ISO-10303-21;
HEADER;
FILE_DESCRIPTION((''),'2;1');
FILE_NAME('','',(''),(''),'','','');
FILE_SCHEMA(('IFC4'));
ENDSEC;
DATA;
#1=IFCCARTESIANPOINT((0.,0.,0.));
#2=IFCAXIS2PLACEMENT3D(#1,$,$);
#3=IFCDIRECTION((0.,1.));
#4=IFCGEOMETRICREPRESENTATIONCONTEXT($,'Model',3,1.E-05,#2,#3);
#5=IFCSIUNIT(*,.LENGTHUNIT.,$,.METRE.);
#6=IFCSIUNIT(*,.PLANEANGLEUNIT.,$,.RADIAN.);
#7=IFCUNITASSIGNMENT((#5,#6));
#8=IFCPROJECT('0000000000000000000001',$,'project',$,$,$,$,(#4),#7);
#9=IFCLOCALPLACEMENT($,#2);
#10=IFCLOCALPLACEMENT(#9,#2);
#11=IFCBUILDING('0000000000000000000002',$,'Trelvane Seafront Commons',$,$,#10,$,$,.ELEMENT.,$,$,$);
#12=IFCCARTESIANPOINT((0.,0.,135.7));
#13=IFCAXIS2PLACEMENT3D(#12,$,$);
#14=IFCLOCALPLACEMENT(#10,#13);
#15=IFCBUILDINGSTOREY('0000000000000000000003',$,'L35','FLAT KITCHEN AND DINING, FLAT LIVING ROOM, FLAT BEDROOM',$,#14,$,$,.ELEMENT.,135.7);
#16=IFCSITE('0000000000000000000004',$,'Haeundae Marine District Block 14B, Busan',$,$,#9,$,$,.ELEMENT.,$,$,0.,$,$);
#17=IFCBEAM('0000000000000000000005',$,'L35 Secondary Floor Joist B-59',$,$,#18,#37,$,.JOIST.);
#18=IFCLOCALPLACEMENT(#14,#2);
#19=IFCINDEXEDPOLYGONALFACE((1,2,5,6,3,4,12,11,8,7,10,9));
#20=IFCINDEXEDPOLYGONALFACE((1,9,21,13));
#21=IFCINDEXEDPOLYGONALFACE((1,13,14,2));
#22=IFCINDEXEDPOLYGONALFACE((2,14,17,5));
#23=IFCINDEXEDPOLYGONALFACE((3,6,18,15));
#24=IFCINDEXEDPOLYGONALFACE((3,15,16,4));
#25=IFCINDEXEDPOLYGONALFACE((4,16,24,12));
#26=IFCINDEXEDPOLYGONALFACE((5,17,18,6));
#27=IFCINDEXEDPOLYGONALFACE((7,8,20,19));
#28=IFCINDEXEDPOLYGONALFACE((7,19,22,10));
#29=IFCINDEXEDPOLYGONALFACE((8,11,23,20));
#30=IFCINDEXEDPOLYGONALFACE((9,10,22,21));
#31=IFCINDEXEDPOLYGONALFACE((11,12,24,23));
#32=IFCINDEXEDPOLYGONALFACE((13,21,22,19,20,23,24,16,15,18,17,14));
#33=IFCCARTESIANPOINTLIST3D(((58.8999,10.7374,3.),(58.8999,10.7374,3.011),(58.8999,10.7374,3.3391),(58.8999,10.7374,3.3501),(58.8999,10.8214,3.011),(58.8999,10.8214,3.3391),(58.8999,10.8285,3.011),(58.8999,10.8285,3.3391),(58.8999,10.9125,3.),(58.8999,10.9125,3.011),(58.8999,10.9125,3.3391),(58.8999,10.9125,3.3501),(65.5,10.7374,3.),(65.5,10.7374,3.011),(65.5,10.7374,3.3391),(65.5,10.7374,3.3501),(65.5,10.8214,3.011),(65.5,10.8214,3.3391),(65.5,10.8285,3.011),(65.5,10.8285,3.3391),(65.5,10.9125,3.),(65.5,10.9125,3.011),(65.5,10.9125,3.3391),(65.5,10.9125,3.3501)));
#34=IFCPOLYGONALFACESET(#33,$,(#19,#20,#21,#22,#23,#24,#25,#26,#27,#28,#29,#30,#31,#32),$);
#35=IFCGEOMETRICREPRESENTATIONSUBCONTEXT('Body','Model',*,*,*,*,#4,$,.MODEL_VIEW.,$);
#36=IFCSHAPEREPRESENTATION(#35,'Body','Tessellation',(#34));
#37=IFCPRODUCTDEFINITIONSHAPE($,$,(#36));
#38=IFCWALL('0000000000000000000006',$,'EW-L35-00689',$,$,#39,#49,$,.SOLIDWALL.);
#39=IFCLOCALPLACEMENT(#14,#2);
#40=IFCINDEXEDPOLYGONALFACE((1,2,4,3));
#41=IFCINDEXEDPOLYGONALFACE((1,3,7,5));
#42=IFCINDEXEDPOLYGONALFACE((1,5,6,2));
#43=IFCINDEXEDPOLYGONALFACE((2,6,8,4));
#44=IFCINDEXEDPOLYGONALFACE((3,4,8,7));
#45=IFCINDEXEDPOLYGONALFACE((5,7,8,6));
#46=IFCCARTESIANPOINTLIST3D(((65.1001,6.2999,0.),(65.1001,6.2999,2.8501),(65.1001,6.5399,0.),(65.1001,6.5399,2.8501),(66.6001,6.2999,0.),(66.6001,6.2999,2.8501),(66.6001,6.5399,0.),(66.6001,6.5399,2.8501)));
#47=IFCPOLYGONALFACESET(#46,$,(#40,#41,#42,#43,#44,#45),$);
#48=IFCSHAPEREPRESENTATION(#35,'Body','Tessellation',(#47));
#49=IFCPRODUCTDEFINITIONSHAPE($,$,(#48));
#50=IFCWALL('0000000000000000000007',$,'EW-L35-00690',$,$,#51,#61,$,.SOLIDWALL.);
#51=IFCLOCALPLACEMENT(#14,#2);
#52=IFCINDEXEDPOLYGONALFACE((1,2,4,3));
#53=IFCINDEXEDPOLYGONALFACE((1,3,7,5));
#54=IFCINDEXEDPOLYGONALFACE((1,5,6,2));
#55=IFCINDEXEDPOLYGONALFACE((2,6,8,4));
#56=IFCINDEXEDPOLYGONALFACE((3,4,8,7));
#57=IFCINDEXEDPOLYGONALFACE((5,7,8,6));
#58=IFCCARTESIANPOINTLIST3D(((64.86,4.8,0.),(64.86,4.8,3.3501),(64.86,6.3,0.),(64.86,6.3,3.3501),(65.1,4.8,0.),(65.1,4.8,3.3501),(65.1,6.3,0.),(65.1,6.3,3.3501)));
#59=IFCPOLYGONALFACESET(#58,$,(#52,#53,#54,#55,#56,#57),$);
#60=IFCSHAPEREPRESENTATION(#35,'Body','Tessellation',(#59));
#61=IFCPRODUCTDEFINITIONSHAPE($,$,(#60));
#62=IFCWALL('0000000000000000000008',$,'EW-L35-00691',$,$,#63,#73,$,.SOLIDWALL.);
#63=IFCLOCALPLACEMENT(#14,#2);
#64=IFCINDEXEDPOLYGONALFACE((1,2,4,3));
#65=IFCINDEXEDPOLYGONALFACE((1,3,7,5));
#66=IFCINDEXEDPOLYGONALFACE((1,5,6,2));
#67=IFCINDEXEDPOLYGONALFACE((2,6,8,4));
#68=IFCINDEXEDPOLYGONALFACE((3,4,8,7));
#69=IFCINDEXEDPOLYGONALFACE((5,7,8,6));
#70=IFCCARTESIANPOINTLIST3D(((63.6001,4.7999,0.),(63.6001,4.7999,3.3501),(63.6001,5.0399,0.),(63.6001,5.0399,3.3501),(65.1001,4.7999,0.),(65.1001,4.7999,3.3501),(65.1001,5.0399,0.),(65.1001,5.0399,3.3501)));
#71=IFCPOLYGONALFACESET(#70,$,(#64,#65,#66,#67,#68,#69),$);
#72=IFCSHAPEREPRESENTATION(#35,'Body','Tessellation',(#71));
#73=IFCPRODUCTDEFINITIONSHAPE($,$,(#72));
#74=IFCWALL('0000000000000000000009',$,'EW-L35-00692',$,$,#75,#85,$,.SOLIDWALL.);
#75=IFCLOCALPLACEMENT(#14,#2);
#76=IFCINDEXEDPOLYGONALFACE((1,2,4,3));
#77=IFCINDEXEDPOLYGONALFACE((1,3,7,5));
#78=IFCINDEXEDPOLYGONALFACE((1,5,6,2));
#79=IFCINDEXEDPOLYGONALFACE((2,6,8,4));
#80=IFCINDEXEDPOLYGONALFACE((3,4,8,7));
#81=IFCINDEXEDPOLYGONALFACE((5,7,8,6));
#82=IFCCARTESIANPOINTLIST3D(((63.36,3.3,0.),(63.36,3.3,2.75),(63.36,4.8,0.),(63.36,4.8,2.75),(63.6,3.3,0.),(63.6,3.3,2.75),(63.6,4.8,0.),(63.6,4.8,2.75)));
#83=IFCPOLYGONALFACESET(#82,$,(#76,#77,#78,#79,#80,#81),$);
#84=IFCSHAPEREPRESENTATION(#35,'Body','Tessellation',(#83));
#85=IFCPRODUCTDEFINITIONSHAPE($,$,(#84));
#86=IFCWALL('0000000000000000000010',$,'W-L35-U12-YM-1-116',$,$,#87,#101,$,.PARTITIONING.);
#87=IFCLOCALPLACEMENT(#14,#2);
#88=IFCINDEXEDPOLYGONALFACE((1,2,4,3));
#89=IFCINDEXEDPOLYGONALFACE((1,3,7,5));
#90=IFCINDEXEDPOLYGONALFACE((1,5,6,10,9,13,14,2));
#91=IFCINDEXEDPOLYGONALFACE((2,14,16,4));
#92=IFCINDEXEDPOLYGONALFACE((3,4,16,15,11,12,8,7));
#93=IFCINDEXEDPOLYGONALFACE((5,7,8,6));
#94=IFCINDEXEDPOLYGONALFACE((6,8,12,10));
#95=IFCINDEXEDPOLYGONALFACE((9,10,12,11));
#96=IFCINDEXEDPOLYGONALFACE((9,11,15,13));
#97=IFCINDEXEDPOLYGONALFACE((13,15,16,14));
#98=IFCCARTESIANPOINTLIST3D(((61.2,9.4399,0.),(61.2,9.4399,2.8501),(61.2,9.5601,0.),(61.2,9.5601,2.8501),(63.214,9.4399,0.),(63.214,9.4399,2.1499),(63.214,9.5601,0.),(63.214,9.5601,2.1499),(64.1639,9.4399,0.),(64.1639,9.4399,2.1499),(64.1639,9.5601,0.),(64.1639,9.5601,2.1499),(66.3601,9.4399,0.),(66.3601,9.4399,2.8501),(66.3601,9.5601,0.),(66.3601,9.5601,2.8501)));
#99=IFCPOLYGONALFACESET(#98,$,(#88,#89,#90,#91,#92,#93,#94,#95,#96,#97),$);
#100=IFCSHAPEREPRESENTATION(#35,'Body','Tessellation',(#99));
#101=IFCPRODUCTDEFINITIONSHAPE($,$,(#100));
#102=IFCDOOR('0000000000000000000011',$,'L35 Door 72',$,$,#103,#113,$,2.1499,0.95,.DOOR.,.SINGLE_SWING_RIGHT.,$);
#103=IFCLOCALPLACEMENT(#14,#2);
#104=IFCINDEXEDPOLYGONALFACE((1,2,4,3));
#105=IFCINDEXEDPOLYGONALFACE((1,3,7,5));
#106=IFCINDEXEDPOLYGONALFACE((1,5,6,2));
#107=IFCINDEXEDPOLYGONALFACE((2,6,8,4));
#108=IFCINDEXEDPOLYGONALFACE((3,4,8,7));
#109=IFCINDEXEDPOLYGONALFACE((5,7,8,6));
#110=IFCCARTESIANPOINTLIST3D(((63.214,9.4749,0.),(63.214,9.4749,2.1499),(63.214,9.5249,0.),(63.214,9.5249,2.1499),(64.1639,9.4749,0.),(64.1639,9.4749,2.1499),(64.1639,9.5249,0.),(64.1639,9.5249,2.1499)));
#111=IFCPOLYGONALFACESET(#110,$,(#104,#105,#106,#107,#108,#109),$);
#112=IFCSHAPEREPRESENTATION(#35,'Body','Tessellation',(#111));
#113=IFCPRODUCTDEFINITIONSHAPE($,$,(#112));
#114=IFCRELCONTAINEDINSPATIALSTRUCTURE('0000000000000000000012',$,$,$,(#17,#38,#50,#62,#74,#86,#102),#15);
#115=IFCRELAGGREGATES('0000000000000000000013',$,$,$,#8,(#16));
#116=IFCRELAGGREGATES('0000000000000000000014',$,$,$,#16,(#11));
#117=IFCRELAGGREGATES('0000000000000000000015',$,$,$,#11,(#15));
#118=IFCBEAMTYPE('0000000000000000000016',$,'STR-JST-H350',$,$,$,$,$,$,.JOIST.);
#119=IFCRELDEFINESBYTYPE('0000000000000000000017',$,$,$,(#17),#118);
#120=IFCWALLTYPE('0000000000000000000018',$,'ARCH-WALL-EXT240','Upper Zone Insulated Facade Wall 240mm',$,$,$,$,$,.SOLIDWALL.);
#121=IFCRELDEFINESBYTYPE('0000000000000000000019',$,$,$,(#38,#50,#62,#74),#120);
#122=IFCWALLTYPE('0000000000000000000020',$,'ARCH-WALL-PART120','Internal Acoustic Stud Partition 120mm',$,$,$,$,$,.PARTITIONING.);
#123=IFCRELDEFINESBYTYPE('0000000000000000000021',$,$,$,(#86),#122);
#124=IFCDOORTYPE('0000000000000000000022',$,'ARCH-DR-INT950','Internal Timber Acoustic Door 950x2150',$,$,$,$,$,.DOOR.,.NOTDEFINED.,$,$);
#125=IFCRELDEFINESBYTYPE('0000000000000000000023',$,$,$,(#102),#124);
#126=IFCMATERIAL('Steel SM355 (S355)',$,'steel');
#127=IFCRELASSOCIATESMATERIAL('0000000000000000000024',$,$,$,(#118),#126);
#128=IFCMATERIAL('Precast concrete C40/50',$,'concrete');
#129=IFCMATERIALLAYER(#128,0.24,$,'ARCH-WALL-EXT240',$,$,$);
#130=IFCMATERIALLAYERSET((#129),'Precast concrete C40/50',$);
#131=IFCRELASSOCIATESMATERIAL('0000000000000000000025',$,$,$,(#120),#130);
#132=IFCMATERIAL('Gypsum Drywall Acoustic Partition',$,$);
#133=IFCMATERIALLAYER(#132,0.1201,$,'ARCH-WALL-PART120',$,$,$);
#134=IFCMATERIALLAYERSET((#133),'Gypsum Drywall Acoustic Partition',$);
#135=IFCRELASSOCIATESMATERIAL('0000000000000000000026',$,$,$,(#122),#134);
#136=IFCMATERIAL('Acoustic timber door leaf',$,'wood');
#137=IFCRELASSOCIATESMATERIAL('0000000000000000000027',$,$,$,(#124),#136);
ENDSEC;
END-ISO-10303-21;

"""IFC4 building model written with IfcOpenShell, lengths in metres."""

from ifc_helpers import new_model, si_unit, direction, frame, frame_2d, origin, origin_2d, place, context, subcontext, project, spatial, rectangle, i_section, extrude, source, transform, mapped, material, layer, layer_set, material_profile, profile_set, type_object, element, fill, save


model = new_model("IFC4")

# Units and contexts
model_context = context("Model", 3, precision=1e-05, world=origin(), true_north=direction((0.0, 1.0)))
body_context = subcontext(model_context, "Body", "Model", "MODEL_VIEW")
ifc_project = project(units=[si_unit("LENGTHUNIT", "METRE"), si_unit("PLANEANGLEUNIT", "RADIAN")], contexts=[model_context])

# Site, building, storey
site_placement = place(None, origin())
site = spatial("IfcSite", under=ifc_project, at=site_placement, Name="Haeundae Marine District Block 14B, Busan", CompositionType="ELEMENT", RefElevation=0.0)
building_placement = place(site_placement, origin())
building = spatial("IfcBuilding", under=site, at=building_placement, Name="Trelvane Seafront Commons", CompositionType="ELEMENT")
storey_placement = place(building_placement, frame((0.0, 0.0, 135.7)))
storey = spatial("IfcBuildingStorey", under=building, at=storey_placement, Name="L35", Description="FLAT KITCHEN AND DINING, FLAT LIVING ROOM, FLAT BEDROOM", CompositionType="ELEMENT", Elevation=135.7)

# Beam
ifc_material_1 = material(Name="Steel SM355 (S355)", Category="steel")
ifc_material_profile = material_profile(ifc_material_1, i_section(OverallWidth=0.175, OverallDepth=0.3501, WebThickness=0.0071, FlangeThickness=0.011, at=origin_2d()), Name="H-350x175x7x11")
ifc_profile_set = profile_set([ifc_material_profile], Name="Steel SM355 (S355)")
beam_type = type_object("IfcBeamType", Name="STR-JST-H350", PredefinedType="JOIST", material=ifc_profile_set)
shared_shape_1 = source(origin(), body_context, "Body", "SweptSolid", [
    extrude(i_section(OverallWidth=0.175, OverallDepth=0.3501, WebThickness=0.0071, FlangeThickness=0.011, at=origin_2d()), origin(), (0.0, 0.0, 1.0), 6.6001),
])
beam_placement = place(storey_placement, frame((58.8999, 10.825, 3.175), z_axis=(1.0, 0.0, 0.0), x_axis=(0.0, 1.0, 0.0)))
element("IfcBeam", 1, at=beam_placement, inside=storey, type_object=beam_type, Name="L35 Secondary Floor Joist B-59", PredefinedType="JOIST", context=body_context, shape_type="MappedRepresentation", body=[
    mapped(shared_shape_1, transform((0.0, 0.0, 0.0), x_axis=(1.0, 0.0, 0.0), y_axis=(0.0, 1.0, 0.0), z_axis=(0.0, 0.0, 1.0), scale=1.0)),
])

# Walls
ifc_material_2 = material(Name="Precast concrete C40/50", Category="concrete")
ifc_layer_1 = layer(ifc_material_2, 0.24, Name="ARCH-WALL-EXT240")
ifc_layer_set_1 = layer_set([ifc_layer_1], Name="Precast concrete C40/50")
wall_type_1 = type_object("IfcWallType", Name="ARCH-WALL-EXT240", Description="Upper Zone Insulated Facade Wall 240mm", PredefinedType="SOLIDWALL", material=ifc_layer_set_1)
wall_1_placement = place(storey_placement, frame((66.6001, 6.4199, 0.0), z_axis=(0.0, 0.0, 1.0), x_axis=(-1.0, 0.0, 0.0)))
element("IfcWall", 2, at=wall_1_placement, inside=storey, type_object=wall_type_1, Name="EW-L35-00689", PredefinedType="SOLIDWALL", context=body_context, shape_type="SweptSolid", body=[
    extrude(rectangle(XDim=1.5, YDim=0.24, at=frame_2d((0.75, 0.0))), origin(), (0.0, 0.0, 1.0), 2.8501),
])
for number, where, z_axis, x_axis, name in (
    (3, (64.98, 6.3, 0.0), (0.0, 0.0, 1.0), (0.0, -1.0, 0.0), "EW-L35-00690"),
    (4, (65.1001, 4.9199, 0.0), (0.0, 0.0, 1.0), (-1.0, 0.0, 0.0), "EW-L35-00691"),
):
    element("IfcWall", number, at=place(storey_placement, frame(where, z_axis=z_axis, x_axis=x_axis)), inside=storey, type_object=wall_type_1, Name=name, PredefinedType="SOLIDWALL", context=body_context, shape_type="SweptSolid", body=[
        extrude(rectangle(XDim=1.5, YDim=0.24, at=frame_2d((0.75, 0.0))), origin(), (0.0, 0.0, 1.0), 3.3501),
    ])
wall_2_placement = place(storey_placement, frame((63.48, 4.8, 0.0), z_axis=(0.0, 0.0, 1.0), x_axis=(0.0, -1.0, 0.0)))
element("IfcWall", 5, at=wall_2_placement, inside=storey, type_object=wall_type_1, Name="EW-L35-00692", PredefinedType="SOLIDWALL", context=body_context, shape_type="SweptSolid", body=[
    extrude(rectangle(XDim=1.5, YDim=0.24, at=frame_2d((0.75, 0.0))), origin(), (0.0, 0.0, 1.0), 2.75),
])

# Wall, opening, door
ifc_material_3 = material(Name="Gypsum Drywall Acoustic Partition")
ifc_layer_2 = layer(ifc_material_3, 0.1201, Name="ARCH-WALL-PART120")
ifc_layer_set_2 = layer_set([ifc_layer_2], Name="Gypsum Drywall Acoustic Partition")
wall_type_2 = type_object("IfcWallType", Name="ARCH-WALL-PART120", Description="Internal Acoustic Stud Partition 120mm", PredefinedType="PARTITIONING", material=ifc_layer_set_2)
wall_3_placement = place(storey_placement, frame((61.2, 9.5, 0.0), z_axis=(0.0, 0.0, 1.0), x_axis=(1.0, 0.0, 0.0)))
wall_3 = element("IfcWall", 6, at=wall_3_placement, inside=storey, type_object=wall_type_2, Name="W-L35-U12-YM-1-116", PredefinedType="PARTITIONING", context=body_context, shape_type="SweptSolid", body=[
    extrude(rectangle(XDim=5.1602, YDim=0.1201, at=frame_2d((2.5801, 0.0))), origin(), (0.0, 0.0, 1.0), 2.8501),
])
opening_placement = place(wall_3_placement, frame((2.0139, 0.0, 0.0)))
opening = element("IfcOpeningElement", 7, at=opening_placement, cuts=wall_3, PredefinedType="OPENING", context=body_context, shape_type="SweptSolid", body=[
    extrude(rectangle(XDim=0.95, YDim=2.1499, at=frame_2d((0.4751, 1.075))), frame((0.0, 0.0701, 0.0), z_axis=(0.0, -1.0, 0.0), x_axis=(1.0, 0.0, 0.0)), (0.0, 0.0, 1.0), 0.1401),
])
ifc_material_4 = material(Name="Acoustic timber door leaf", Category="wood")
door_type = type_object("IfcDoorType", Name="ARCH-DR-INT950", Description="Internal Timber Acoustic Door 950x2150", OperationType="NOTDEFINED", PredefinedType="DOOR", material=ifc_material_4)
shared_shape_2 = source(origin(), body_context, "Body", "SweptSolid", [
    extrude(rectangle(XDim=0.95, YDim=2.1499, at=frame_2d((0.4751, 1.075))), frame((0.0, 0.0249, 0.0), z_axis=(0.0, -1.0, 0.0), x_axis=(1.0, 0.0, 0.0)), (0.0, 0.0, 1.0), 0.05),
])
door_placement = place(opening_placement, origin())
door = element("IfcDoor", 8, at=door_placement, inside=storey, type_object=door_type, Name="L35 Door 72", OperationType="SINGLE_SWING_RIGHT", OverallHeight=2.1499, OverallWidth=0.95, PredefinedType="DOOR", context=body_context, shape_type="MappedRepresentation", body=[
    mapped(shared_shape_2, transform((0.0, 0.0, 0.0), x_axis=(1.0, 0.0, 0.0), y_axis=(0.0, 1.0, 0.0), z_axis=(0.0, 0.0, 1.0), scale=1.0)),
])
fill(opening, door)

save(model, "model.ifc")
